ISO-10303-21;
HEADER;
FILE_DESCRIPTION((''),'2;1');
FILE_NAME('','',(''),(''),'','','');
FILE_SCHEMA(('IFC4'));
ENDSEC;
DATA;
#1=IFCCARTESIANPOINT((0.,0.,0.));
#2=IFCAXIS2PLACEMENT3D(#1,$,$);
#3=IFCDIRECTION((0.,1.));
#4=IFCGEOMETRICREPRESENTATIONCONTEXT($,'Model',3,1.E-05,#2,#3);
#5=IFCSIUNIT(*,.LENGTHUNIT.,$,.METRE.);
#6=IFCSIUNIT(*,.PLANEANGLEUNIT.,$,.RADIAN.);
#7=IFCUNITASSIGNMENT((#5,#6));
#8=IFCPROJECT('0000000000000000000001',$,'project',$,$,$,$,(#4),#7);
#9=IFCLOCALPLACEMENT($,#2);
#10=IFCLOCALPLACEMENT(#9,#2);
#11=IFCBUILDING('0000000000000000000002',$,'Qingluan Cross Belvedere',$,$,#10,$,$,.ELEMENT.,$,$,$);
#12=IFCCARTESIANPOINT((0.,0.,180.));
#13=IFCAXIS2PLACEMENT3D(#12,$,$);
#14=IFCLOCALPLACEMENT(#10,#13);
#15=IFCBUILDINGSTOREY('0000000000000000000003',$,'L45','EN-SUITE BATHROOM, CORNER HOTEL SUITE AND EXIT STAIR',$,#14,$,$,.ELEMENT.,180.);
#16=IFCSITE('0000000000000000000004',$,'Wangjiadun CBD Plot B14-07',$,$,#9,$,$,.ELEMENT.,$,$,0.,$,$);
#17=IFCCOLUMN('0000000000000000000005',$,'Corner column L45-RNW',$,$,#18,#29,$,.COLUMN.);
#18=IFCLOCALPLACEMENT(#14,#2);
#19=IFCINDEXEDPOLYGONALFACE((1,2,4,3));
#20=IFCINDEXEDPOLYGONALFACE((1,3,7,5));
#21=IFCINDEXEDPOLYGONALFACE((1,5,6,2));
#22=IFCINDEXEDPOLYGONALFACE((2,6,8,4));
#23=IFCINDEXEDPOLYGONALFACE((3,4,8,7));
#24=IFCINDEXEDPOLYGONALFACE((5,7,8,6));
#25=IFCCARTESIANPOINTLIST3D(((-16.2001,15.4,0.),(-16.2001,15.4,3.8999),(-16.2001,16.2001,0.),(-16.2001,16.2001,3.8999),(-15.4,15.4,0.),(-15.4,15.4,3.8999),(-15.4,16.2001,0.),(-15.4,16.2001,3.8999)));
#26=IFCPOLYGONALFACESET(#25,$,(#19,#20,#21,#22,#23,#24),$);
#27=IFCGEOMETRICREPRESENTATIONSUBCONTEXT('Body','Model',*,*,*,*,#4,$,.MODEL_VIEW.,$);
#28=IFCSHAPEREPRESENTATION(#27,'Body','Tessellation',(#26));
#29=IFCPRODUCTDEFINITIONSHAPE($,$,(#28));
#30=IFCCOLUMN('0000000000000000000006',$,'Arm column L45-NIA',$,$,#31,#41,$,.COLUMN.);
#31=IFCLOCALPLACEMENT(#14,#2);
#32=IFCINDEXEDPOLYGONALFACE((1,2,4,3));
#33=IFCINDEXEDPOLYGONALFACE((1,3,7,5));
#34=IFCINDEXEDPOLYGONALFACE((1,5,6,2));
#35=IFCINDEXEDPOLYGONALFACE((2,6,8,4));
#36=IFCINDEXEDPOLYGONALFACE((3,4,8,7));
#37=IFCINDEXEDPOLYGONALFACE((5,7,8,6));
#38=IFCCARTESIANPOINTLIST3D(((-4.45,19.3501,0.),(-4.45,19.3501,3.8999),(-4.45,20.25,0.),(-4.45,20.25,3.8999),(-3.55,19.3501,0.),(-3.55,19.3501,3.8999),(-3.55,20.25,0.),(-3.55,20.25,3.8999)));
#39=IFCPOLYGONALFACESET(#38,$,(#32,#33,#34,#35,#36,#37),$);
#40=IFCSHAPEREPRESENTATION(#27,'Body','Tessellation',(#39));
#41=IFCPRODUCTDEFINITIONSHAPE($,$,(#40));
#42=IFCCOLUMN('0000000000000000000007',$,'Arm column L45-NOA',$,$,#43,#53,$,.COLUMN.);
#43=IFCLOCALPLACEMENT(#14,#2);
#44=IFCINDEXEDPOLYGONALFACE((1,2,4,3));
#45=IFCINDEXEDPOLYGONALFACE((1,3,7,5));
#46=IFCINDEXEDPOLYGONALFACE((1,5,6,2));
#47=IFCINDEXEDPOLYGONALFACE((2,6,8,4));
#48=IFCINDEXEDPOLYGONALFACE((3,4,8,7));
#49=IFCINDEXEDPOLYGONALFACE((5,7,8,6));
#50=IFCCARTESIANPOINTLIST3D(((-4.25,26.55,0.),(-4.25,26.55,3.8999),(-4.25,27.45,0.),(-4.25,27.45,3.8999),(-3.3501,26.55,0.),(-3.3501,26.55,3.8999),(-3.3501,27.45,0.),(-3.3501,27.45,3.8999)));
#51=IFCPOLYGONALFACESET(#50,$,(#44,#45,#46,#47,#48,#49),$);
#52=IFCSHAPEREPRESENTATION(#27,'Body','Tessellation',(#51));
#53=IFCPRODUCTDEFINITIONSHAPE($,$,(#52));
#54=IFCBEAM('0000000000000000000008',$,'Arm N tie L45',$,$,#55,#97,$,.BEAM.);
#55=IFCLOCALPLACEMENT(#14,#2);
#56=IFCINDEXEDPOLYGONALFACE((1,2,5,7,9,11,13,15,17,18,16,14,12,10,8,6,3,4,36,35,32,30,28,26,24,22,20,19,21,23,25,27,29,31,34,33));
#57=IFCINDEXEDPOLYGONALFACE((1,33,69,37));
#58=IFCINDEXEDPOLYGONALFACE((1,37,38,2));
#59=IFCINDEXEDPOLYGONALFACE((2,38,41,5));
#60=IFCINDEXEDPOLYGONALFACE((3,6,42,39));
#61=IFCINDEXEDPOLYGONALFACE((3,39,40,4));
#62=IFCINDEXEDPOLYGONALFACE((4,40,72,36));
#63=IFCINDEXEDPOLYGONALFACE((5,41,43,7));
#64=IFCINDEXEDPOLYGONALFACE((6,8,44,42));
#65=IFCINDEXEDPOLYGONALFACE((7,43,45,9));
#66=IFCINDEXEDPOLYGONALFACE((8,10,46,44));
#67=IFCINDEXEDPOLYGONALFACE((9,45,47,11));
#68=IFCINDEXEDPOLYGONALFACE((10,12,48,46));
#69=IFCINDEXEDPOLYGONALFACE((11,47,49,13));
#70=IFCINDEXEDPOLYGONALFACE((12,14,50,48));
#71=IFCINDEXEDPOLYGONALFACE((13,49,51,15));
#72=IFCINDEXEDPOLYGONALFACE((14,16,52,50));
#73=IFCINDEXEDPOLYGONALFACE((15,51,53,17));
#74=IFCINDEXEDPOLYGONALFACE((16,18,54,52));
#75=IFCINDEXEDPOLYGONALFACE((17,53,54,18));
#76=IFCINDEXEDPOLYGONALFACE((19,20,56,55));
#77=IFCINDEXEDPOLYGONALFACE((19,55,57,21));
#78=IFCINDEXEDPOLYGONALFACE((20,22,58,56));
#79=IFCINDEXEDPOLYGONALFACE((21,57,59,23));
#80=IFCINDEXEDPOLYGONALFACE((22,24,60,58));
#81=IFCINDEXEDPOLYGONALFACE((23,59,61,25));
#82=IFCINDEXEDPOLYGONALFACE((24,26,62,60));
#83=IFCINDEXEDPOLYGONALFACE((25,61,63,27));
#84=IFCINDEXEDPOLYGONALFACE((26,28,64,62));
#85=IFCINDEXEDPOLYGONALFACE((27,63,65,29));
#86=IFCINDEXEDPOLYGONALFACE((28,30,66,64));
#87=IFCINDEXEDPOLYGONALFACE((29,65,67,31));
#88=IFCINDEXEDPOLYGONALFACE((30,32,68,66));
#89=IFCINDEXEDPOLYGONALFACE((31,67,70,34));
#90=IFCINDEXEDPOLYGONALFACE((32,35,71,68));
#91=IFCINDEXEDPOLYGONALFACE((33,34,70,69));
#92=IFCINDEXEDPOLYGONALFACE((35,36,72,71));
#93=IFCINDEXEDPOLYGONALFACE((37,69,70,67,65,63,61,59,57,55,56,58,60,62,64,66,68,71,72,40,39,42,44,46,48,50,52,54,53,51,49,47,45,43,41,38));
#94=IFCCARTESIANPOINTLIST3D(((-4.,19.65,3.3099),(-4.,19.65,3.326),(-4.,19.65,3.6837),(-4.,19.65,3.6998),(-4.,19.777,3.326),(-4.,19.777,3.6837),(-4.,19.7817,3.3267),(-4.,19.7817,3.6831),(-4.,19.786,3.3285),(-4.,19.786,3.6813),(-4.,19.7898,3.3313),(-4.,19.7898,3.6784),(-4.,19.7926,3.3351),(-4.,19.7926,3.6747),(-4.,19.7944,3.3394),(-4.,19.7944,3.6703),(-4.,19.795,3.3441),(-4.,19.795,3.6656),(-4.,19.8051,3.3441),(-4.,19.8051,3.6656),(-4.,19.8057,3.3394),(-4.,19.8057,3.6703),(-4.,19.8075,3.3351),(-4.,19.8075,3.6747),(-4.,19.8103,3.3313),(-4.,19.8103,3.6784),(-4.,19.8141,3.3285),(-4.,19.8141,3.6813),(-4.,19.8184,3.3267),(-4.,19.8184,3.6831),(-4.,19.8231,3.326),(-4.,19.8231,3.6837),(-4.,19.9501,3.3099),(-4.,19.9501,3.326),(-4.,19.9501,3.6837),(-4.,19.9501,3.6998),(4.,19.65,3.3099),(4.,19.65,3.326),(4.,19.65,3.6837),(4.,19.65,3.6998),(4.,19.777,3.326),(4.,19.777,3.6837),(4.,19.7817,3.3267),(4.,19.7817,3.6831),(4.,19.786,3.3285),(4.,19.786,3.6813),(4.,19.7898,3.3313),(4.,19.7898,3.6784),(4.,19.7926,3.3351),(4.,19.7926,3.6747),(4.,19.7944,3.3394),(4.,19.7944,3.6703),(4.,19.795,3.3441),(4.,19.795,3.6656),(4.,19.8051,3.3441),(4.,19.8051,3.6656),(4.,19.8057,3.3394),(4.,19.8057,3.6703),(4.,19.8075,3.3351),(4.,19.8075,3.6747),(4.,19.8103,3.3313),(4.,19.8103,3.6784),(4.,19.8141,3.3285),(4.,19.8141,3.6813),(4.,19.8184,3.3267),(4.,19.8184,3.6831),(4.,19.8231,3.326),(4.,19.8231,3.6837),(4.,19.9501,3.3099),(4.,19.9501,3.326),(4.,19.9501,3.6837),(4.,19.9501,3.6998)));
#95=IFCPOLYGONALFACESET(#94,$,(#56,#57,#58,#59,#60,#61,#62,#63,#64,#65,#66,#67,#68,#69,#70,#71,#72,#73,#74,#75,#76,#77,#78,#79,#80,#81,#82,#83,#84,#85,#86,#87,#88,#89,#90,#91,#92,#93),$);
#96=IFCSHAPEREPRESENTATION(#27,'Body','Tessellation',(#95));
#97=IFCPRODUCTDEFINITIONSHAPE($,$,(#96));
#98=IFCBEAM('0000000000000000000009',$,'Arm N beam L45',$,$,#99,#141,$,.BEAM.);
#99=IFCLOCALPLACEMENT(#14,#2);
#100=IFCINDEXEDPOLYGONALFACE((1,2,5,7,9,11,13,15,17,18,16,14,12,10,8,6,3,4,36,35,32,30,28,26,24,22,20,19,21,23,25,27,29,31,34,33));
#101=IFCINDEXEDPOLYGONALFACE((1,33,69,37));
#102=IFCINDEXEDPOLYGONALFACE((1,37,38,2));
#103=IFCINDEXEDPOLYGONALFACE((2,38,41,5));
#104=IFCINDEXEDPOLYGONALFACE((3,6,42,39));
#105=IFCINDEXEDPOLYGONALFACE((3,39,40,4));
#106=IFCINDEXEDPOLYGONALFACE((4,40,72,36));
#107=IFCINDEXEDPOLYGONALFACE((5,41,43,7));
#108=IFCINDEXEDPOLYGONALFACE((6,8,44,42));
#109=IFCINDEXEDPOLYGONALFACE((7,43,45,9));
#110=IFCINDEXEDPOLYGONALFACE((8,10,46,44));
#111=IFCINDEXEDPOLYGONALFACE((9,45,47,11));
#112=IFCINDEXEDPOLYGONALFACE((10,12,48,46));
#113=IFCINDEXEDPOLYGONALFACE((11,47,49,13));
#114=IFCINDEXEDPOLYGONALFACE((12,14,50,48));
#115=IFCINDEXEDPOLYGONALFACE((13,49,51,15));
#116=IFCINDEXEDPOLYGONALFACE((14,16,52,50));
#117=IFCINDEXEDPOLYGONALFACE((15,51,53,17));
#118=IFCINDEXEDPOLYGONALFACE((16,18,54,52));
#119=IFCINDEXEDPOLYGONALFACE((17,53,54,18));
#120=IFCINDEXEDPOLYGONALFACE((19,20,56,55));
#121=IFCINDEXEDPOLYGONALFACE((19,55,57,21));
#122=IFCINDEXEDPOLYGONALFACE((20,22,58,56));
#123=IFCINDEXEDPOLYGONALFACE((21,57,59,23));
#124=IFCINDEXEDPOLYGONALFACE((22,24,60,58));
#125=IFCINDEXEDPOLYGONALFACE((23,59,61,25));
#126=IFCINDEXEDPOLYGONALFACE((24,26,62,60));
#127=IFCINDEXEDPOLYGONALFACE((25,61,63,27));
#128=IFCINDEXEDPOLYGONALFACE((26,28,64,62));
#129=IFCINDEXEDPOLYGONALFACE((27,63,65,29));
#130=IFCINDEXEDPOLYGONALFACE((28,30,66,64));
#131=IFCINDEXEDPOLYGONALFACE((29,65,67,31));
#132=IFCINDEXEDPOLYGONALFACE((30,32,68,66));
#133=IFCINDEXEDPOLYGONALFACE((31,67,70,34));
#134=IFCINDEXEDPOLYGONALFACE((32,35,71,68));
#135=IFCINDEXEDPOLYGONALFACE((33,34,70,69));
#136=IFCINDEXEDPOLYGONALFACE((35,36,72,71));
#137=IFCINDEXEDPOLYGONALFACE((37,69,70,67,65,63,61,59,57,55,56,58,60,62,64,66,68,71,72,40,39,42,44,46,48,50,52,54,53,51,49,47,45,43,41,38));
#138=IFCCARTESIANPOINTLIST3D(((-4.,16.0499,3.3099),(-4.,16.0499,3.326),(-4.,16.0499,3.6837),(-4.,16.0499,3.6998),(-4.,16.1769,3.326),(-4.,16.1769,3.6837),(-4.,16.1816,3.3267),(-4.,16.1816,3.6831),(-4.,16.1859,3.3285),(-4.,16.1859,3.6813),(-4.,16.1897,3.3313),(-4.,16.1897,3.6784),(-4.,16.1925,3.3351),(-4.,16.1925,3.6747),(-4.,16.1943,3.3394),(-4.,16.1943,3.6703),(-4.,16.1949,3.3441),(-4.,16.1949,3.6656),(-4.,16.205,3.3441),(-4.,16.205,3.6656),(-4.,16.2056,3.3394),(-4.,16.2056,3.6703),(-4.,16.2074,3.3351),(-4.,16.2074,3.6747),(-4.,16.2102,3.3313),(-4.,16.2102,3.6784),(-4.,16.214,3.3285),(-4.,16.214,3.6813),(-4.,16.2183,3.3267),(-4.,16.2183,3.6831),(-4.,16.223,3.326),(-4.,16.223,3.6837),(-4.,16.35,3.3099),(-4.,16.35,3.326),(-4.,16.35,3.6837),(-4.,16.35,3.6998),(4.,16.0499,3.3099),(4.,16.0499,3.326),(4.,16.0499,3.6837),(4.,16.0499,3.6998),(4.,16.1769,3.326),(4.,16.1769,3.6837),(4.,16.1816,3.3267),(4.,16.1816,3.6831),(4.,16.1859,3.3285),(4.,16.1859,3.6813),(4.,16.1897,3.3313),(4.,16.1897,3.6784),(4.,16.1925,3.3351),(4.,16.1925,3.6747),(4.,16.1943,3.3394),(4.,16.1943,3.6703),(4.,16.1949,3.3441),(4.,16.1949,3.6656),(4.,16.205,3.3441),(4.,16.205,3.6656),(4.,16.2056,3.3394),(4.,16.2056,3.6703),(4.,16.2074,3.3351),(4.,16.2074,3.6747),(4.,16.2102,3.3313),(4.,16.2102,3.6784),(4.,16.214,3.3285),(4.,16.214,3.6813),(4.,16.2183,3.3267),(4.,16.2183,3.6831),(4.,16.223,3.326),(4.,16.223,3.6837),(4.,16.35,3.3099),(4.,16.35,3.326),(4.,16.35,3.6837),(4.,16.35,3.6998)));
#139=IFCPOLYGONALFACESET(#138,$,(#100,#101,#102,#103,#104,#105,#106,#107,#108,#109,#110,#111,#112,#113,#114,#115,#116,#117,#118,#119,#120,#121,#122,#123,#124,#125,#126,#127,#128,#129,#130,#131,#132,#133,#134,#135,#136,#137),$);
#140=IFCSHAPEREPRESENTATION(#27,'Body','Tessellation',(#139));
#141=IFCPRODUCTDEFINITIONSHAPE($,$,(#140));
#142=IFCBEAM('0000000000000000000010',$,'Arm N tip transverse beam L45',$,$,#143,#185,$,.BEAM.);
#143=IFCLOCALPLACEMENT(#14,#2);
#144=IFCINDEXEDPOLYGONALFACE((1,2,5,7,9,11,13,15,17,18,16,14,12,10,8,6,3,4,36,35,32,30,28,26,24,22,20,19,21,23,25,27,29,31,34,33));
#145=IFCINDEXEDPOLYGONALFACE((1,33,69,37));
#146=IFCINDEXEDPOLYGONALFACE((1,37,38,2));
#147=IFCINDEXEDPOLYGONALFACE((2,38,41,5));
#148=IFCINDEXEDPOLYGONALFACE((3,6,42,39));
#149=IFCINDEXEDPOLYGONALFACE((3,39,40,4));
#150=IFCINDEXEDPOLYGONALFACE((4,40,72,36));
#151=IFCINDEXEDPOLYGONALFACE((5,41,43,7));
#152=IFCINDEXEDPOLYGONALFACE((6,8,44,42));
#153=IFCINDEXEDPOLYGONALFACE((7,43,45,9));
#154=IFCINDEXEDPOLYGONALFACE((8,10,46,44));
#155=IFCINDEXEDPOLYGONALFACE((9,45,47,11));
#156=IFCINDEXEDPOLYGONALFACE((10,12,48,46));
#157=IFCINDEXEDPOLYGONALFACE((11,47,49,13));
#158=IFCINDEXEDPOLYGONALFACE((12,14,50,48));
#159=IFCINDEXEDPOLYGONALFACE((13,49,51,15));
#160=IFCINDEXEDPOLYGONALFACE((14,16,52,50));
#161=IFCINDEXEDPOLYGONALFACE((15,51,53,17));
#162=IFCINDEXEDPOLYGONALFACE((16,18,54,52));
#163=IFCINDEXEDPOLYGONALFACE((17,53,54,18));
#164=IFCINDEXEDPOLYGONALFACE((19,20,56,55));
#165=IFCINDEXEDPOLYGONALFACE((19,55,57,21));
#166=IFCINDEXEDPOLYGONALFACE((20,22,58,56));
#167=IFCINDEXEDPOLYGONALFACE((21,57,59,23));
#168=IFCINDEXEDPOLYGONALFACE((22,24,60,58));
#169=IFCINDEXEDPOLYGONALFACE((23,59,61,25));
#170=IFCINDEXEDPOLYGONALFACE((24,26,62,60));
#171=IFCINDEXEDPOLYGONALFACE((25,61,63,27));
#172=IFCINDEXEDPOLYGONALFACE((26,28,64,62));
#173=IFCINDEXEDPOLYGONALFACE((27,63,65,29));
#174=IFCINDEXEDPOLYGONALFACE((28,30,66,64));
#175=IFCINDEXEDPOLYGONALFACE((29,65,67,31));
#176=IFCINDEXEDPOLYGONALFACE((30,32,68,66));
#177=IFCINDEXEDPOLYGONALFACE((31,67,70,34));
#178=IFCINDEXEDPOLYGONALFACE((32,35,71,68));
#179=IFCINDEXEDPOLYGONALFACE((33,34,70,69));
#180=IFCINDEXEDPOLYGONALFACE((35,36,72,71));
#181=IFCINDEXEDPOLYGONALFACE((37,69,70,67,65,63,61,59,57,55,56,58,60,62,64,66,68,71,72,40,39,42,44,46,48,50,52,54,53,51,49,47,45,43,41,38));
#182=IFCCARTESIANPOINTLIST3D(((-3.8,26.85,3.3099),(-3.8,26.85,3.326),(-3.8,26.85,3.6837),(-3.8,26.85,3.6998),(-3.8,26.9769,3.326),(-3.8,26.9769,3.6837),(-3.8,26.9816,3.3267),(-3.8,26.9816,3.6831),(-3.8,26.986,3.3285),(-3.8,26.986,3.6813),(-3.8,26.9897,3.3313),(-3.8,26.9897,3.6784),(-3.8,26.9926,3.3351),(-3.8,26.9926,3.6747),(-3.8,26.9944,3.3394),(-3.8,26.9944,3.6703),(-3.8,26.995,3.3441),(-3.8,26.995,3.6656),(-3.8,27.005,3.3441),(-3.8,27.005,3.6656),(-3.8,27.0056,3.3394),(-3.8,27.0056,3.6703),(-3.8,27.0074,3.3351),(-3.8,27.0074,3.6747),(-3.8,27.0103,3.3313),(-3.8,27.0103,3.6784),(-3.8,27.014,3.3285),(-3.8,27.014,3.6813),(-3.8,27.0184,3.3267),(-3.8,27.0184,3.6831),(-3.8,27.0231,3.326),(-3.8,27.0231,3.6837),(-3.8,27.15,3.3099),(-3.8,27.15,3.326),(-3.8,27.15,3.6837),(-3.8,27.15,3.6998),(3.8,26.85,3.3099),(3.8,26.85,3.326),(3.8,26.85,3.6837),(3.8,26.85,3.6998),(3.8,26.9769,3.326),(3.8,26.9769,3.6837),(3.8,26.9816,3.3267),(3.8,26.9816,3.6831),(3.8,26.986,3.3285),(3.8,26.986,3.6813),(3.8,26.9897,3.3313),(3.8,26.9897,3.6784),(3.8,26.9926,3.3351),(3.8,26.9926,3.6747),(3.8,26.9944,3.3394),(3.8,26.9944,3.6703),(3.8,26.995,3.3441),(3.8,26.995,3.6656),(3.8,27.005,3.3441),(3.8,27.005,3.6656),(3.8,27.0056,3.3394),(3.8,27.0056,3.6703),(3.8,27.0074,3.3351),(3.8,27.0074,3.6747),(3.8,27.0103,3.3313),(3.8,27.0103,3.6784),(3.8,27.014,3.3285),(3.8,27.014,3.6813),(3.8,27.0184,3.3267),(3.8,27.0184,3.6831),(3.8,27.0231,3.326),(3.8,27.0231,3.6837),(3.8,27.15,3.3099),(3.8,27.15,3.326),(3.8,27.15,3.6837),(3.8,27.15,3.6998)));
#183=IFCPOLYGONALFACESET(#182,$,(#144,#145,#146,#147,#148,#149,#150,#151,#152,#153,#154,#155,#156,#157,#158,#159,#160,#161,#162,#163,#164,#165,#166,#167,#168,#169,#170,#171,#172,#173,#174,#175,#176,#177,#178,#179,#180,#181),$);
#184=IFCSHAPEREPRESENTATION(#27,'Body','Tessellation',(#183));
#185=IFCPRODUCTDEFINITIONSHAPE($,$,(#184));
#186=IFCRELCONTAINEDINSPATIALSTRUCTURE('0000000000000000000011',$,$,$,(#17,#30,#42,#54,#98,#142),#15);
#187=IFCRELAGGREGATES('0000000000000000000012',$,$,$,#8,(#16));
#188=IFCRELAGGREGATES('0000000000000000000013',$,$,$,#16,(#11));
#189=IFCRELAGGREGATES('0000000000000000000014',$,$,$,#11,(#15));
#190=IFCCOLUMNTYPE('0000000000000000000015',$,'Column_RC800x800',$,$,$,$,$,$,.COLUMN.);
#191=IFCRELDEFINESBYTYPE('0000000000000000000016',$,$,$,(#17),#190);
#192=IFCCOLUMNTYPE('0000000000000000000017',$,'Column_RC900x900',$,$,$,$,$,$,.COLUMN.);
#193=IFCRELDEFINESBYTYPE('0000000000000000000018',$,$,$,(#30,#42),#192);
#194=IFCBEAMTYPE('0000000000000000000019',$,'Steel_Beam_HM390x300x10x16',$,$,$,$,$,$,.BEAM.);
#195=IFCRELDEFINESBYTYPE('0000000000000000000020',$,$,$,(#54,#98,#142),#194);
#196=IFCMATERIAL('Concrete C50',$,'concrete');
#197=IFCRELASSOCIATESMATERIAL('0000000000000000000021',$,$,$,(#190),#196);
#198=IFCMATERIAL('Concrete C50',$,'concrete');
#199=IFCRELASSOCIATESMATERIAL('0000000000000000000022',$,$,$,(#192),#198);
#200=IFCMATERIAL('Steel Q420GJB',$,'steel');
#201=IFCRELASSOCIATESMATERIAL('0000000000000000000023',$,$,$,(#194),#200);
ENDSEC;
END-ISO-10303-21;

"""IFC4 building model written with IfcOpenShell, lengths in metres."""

from ifc_helpers import new_model, si_unit, direction, frame, origin, origin_2d, place, context, subcontext, project, spatial, rectangle, i_section, extrude, material, material_profile, profile_set, type_object, element, save


model = new_model("IFC4")

# Units and contexts
model_context = context("Model", 3, precision=1e-05, world=origin(), true_north=direction((0.0, 1.0)))
body_context = subcontext(model_context, "Body", "Model", "MODEL_VIEW")
ifc_project = project(units=[si_unit("LENGTHUNIT", "METRE"), si_unit("PLANEANGLEUNIT", "RADIAN")], contexts=[model_context])

# Site, building, storey
site_placement = place(None, origin())
site = spatial("IfcSite", under=ifc_project, at=site_placement, Name="Wangjiadun CBD Plot B14-07", CompositionType="ELEMENT", RefElevation=0.0)
building_placement = place(site_placement, origin())
building = spatial("IfcBuilding", under=site, at=building_placement, Name="Qingluan Cross Belvedere", CompositionType="ELEMENT")
storey_placement = place(building_placement, frame((0.0, 0.0, 180.0)))
storey = spatial("IfcBuildingStorey", under=building, at=storey_placement, Name="L45", Description="EN-SUITE BATHROOM, CORNER HOTEL SUITE AND EXIT STAIR", CompositionType="ELEMENT", Elevation=180.0)

# Columns
ifc_material_1 = material(Name="Concrete C50", Category="concrete")
ifc_material_profile_1 = material_profile(ifc_material_1, rectangle(XDim=0.8, YDim=0.8, at=origin_2d()), Name="RC800x800")
ifc_profile_set_1 = profile_set([ifc_material_profile_1], Name="Concrete C50")
column_type_1 = type_object("IfcColumnType", Name="Column_RC800x800", PredefinedType="COLUMN", material=ifc_profile_set_1)
column_placement = place(storey_placement, frame((-15.8, 15.8, 0.0), z_axis=(0.0, 0.0, 1.0), x_axis=(1.0, 0.0, 0.0)))
element("IfcColumn", 1, at=column_placement, inside=storey, type_object=column_type_1, Name="Corner column L45-RNW", PredefinedType="COLUMN", context=body_context, shape_type="SweptSolid", body=[
    extrude(rectangle(XDim=0.8, YDim=0.8, at=origin_2d()), origin(), (0.0, 0.0, 1.0), 3.8999),
])
ifc_material_2 = material(Name="Concrete C50", Category="concrete")
ifc_material_profile_2 = material_profile(ifc_material_2, rectangle(XDim=0.8999, YDim=0.8999, at=origin_2d()), Name="RC900x900")
ifc_profile_set_2 = profile_set([ifc_material_profile_2], Name="Concrete C50")
column_type_2 = type_object("IfcColumnType", Name="Column_RC900x900", PredefinedType="COLUMN", material=ifc_profile_set_2)
for number, where, z_axis, x_axis, name in (
    (2, (-4.0, 19.8, 0.0), (0.0, 0.0, 1.0), (1.0, 0.0, 0.0), "Arm column L45-NIA"),
    (3, (-3.8, 27.0, 0.0), (0.0, 0.0, 1.0), (1.0, 0.0, 0.0), "Arm column L45-NOA"),
):
    element("IfcColumn", number, at=place(storey_placement, frame(where, z_axis=z_axis, x_axis=x_axis)), inside=storey, type_object=column_type_2, Name=name, PredefinedType="COLUMN", context=body_context, shape_type="SweptSolid", body=[
        extrude(rectangle(XDim=0.8999, YDim=0.8999, at=origin_2d()), origin(), (0.0, 0.0, 1.0), 3.8999),
    ])

# Beams
ifc_material_3 = material(Name="Steel Q420GJB", Category="steel")
ifc_material_profile_3 = material_profile(ifc_material_3, i_section(OverallWidth=0.3, OverallDepth=0.3899, WebThickness=0.01, FlangeThickness=0.0161, FilletRadius=0.0181, at=origin_2d()), Name="HM390x300x10x16")
ifc_profile_set_3 = profile_set([ifc_material_profile_3], Name="Steel Q420GJB")
beam_type_1 = type_object("IfcBeamType", Name="Steel_Beam_HM390x300x10x16", PredefinedType="BEAM", material=ifc_profile_set_3)
for number, where, z_axis, x_axis, name in (
    (4, (-4.0, 19.8, 3.5049), (1.0, 0.0, 0.0), (0.0, 1.0, 0.0), "Arm N tie L45"),
    (5, (-4.0, 16.2, 3.5049), (1.0, 0.0, 0.0), (0.0, 1.0, 0.0), "Arm N beam L45"),
):
    element("IfcBeam", number, at=place(storey_placement, frame(where, z_axis=z_axis, x_axis=x_axis)), inside=storey, type_object=beam_type_1, Name=name, PredefinedType="BEAM", context=body_context, shape_type="SweptSolid", body=[
        extrude(i_section(OverallWidth=0.3, OverallDepth=0.3899, WebThickness=0.01, FlangeThickness=0.0161, FilletRadius=0.0181, at=origin_2d()), origin(), (0.0, 0.0, 1.0), 8.0),
    ])
beam_1_placement = place(storey_placement, frame((-3.8, 27.0, 3.5049), z_axis=(1.0, 0.0, 0.0), x_axis=(0.0, 1.0, 0.0)))
element("IfcBeam", 6, at=beam_1_placement, inside=storey, type_object=beam_type_1, Name="Arm N tip transverse beam L45", PredefinedType="BEAM", context=body_context, shape_type="SweptSolid", body=[
    extrude(i_section(OverallWidth=0.3, OverallDepth=0.3899, WebThickness=0.01, FlangeThickness=0.0161, FilletRadius=0.0181, at=origin_2d()), origin(), (0.0, 0.0, 1.0), 7.6001),
])

save(model, "model.ifc")
